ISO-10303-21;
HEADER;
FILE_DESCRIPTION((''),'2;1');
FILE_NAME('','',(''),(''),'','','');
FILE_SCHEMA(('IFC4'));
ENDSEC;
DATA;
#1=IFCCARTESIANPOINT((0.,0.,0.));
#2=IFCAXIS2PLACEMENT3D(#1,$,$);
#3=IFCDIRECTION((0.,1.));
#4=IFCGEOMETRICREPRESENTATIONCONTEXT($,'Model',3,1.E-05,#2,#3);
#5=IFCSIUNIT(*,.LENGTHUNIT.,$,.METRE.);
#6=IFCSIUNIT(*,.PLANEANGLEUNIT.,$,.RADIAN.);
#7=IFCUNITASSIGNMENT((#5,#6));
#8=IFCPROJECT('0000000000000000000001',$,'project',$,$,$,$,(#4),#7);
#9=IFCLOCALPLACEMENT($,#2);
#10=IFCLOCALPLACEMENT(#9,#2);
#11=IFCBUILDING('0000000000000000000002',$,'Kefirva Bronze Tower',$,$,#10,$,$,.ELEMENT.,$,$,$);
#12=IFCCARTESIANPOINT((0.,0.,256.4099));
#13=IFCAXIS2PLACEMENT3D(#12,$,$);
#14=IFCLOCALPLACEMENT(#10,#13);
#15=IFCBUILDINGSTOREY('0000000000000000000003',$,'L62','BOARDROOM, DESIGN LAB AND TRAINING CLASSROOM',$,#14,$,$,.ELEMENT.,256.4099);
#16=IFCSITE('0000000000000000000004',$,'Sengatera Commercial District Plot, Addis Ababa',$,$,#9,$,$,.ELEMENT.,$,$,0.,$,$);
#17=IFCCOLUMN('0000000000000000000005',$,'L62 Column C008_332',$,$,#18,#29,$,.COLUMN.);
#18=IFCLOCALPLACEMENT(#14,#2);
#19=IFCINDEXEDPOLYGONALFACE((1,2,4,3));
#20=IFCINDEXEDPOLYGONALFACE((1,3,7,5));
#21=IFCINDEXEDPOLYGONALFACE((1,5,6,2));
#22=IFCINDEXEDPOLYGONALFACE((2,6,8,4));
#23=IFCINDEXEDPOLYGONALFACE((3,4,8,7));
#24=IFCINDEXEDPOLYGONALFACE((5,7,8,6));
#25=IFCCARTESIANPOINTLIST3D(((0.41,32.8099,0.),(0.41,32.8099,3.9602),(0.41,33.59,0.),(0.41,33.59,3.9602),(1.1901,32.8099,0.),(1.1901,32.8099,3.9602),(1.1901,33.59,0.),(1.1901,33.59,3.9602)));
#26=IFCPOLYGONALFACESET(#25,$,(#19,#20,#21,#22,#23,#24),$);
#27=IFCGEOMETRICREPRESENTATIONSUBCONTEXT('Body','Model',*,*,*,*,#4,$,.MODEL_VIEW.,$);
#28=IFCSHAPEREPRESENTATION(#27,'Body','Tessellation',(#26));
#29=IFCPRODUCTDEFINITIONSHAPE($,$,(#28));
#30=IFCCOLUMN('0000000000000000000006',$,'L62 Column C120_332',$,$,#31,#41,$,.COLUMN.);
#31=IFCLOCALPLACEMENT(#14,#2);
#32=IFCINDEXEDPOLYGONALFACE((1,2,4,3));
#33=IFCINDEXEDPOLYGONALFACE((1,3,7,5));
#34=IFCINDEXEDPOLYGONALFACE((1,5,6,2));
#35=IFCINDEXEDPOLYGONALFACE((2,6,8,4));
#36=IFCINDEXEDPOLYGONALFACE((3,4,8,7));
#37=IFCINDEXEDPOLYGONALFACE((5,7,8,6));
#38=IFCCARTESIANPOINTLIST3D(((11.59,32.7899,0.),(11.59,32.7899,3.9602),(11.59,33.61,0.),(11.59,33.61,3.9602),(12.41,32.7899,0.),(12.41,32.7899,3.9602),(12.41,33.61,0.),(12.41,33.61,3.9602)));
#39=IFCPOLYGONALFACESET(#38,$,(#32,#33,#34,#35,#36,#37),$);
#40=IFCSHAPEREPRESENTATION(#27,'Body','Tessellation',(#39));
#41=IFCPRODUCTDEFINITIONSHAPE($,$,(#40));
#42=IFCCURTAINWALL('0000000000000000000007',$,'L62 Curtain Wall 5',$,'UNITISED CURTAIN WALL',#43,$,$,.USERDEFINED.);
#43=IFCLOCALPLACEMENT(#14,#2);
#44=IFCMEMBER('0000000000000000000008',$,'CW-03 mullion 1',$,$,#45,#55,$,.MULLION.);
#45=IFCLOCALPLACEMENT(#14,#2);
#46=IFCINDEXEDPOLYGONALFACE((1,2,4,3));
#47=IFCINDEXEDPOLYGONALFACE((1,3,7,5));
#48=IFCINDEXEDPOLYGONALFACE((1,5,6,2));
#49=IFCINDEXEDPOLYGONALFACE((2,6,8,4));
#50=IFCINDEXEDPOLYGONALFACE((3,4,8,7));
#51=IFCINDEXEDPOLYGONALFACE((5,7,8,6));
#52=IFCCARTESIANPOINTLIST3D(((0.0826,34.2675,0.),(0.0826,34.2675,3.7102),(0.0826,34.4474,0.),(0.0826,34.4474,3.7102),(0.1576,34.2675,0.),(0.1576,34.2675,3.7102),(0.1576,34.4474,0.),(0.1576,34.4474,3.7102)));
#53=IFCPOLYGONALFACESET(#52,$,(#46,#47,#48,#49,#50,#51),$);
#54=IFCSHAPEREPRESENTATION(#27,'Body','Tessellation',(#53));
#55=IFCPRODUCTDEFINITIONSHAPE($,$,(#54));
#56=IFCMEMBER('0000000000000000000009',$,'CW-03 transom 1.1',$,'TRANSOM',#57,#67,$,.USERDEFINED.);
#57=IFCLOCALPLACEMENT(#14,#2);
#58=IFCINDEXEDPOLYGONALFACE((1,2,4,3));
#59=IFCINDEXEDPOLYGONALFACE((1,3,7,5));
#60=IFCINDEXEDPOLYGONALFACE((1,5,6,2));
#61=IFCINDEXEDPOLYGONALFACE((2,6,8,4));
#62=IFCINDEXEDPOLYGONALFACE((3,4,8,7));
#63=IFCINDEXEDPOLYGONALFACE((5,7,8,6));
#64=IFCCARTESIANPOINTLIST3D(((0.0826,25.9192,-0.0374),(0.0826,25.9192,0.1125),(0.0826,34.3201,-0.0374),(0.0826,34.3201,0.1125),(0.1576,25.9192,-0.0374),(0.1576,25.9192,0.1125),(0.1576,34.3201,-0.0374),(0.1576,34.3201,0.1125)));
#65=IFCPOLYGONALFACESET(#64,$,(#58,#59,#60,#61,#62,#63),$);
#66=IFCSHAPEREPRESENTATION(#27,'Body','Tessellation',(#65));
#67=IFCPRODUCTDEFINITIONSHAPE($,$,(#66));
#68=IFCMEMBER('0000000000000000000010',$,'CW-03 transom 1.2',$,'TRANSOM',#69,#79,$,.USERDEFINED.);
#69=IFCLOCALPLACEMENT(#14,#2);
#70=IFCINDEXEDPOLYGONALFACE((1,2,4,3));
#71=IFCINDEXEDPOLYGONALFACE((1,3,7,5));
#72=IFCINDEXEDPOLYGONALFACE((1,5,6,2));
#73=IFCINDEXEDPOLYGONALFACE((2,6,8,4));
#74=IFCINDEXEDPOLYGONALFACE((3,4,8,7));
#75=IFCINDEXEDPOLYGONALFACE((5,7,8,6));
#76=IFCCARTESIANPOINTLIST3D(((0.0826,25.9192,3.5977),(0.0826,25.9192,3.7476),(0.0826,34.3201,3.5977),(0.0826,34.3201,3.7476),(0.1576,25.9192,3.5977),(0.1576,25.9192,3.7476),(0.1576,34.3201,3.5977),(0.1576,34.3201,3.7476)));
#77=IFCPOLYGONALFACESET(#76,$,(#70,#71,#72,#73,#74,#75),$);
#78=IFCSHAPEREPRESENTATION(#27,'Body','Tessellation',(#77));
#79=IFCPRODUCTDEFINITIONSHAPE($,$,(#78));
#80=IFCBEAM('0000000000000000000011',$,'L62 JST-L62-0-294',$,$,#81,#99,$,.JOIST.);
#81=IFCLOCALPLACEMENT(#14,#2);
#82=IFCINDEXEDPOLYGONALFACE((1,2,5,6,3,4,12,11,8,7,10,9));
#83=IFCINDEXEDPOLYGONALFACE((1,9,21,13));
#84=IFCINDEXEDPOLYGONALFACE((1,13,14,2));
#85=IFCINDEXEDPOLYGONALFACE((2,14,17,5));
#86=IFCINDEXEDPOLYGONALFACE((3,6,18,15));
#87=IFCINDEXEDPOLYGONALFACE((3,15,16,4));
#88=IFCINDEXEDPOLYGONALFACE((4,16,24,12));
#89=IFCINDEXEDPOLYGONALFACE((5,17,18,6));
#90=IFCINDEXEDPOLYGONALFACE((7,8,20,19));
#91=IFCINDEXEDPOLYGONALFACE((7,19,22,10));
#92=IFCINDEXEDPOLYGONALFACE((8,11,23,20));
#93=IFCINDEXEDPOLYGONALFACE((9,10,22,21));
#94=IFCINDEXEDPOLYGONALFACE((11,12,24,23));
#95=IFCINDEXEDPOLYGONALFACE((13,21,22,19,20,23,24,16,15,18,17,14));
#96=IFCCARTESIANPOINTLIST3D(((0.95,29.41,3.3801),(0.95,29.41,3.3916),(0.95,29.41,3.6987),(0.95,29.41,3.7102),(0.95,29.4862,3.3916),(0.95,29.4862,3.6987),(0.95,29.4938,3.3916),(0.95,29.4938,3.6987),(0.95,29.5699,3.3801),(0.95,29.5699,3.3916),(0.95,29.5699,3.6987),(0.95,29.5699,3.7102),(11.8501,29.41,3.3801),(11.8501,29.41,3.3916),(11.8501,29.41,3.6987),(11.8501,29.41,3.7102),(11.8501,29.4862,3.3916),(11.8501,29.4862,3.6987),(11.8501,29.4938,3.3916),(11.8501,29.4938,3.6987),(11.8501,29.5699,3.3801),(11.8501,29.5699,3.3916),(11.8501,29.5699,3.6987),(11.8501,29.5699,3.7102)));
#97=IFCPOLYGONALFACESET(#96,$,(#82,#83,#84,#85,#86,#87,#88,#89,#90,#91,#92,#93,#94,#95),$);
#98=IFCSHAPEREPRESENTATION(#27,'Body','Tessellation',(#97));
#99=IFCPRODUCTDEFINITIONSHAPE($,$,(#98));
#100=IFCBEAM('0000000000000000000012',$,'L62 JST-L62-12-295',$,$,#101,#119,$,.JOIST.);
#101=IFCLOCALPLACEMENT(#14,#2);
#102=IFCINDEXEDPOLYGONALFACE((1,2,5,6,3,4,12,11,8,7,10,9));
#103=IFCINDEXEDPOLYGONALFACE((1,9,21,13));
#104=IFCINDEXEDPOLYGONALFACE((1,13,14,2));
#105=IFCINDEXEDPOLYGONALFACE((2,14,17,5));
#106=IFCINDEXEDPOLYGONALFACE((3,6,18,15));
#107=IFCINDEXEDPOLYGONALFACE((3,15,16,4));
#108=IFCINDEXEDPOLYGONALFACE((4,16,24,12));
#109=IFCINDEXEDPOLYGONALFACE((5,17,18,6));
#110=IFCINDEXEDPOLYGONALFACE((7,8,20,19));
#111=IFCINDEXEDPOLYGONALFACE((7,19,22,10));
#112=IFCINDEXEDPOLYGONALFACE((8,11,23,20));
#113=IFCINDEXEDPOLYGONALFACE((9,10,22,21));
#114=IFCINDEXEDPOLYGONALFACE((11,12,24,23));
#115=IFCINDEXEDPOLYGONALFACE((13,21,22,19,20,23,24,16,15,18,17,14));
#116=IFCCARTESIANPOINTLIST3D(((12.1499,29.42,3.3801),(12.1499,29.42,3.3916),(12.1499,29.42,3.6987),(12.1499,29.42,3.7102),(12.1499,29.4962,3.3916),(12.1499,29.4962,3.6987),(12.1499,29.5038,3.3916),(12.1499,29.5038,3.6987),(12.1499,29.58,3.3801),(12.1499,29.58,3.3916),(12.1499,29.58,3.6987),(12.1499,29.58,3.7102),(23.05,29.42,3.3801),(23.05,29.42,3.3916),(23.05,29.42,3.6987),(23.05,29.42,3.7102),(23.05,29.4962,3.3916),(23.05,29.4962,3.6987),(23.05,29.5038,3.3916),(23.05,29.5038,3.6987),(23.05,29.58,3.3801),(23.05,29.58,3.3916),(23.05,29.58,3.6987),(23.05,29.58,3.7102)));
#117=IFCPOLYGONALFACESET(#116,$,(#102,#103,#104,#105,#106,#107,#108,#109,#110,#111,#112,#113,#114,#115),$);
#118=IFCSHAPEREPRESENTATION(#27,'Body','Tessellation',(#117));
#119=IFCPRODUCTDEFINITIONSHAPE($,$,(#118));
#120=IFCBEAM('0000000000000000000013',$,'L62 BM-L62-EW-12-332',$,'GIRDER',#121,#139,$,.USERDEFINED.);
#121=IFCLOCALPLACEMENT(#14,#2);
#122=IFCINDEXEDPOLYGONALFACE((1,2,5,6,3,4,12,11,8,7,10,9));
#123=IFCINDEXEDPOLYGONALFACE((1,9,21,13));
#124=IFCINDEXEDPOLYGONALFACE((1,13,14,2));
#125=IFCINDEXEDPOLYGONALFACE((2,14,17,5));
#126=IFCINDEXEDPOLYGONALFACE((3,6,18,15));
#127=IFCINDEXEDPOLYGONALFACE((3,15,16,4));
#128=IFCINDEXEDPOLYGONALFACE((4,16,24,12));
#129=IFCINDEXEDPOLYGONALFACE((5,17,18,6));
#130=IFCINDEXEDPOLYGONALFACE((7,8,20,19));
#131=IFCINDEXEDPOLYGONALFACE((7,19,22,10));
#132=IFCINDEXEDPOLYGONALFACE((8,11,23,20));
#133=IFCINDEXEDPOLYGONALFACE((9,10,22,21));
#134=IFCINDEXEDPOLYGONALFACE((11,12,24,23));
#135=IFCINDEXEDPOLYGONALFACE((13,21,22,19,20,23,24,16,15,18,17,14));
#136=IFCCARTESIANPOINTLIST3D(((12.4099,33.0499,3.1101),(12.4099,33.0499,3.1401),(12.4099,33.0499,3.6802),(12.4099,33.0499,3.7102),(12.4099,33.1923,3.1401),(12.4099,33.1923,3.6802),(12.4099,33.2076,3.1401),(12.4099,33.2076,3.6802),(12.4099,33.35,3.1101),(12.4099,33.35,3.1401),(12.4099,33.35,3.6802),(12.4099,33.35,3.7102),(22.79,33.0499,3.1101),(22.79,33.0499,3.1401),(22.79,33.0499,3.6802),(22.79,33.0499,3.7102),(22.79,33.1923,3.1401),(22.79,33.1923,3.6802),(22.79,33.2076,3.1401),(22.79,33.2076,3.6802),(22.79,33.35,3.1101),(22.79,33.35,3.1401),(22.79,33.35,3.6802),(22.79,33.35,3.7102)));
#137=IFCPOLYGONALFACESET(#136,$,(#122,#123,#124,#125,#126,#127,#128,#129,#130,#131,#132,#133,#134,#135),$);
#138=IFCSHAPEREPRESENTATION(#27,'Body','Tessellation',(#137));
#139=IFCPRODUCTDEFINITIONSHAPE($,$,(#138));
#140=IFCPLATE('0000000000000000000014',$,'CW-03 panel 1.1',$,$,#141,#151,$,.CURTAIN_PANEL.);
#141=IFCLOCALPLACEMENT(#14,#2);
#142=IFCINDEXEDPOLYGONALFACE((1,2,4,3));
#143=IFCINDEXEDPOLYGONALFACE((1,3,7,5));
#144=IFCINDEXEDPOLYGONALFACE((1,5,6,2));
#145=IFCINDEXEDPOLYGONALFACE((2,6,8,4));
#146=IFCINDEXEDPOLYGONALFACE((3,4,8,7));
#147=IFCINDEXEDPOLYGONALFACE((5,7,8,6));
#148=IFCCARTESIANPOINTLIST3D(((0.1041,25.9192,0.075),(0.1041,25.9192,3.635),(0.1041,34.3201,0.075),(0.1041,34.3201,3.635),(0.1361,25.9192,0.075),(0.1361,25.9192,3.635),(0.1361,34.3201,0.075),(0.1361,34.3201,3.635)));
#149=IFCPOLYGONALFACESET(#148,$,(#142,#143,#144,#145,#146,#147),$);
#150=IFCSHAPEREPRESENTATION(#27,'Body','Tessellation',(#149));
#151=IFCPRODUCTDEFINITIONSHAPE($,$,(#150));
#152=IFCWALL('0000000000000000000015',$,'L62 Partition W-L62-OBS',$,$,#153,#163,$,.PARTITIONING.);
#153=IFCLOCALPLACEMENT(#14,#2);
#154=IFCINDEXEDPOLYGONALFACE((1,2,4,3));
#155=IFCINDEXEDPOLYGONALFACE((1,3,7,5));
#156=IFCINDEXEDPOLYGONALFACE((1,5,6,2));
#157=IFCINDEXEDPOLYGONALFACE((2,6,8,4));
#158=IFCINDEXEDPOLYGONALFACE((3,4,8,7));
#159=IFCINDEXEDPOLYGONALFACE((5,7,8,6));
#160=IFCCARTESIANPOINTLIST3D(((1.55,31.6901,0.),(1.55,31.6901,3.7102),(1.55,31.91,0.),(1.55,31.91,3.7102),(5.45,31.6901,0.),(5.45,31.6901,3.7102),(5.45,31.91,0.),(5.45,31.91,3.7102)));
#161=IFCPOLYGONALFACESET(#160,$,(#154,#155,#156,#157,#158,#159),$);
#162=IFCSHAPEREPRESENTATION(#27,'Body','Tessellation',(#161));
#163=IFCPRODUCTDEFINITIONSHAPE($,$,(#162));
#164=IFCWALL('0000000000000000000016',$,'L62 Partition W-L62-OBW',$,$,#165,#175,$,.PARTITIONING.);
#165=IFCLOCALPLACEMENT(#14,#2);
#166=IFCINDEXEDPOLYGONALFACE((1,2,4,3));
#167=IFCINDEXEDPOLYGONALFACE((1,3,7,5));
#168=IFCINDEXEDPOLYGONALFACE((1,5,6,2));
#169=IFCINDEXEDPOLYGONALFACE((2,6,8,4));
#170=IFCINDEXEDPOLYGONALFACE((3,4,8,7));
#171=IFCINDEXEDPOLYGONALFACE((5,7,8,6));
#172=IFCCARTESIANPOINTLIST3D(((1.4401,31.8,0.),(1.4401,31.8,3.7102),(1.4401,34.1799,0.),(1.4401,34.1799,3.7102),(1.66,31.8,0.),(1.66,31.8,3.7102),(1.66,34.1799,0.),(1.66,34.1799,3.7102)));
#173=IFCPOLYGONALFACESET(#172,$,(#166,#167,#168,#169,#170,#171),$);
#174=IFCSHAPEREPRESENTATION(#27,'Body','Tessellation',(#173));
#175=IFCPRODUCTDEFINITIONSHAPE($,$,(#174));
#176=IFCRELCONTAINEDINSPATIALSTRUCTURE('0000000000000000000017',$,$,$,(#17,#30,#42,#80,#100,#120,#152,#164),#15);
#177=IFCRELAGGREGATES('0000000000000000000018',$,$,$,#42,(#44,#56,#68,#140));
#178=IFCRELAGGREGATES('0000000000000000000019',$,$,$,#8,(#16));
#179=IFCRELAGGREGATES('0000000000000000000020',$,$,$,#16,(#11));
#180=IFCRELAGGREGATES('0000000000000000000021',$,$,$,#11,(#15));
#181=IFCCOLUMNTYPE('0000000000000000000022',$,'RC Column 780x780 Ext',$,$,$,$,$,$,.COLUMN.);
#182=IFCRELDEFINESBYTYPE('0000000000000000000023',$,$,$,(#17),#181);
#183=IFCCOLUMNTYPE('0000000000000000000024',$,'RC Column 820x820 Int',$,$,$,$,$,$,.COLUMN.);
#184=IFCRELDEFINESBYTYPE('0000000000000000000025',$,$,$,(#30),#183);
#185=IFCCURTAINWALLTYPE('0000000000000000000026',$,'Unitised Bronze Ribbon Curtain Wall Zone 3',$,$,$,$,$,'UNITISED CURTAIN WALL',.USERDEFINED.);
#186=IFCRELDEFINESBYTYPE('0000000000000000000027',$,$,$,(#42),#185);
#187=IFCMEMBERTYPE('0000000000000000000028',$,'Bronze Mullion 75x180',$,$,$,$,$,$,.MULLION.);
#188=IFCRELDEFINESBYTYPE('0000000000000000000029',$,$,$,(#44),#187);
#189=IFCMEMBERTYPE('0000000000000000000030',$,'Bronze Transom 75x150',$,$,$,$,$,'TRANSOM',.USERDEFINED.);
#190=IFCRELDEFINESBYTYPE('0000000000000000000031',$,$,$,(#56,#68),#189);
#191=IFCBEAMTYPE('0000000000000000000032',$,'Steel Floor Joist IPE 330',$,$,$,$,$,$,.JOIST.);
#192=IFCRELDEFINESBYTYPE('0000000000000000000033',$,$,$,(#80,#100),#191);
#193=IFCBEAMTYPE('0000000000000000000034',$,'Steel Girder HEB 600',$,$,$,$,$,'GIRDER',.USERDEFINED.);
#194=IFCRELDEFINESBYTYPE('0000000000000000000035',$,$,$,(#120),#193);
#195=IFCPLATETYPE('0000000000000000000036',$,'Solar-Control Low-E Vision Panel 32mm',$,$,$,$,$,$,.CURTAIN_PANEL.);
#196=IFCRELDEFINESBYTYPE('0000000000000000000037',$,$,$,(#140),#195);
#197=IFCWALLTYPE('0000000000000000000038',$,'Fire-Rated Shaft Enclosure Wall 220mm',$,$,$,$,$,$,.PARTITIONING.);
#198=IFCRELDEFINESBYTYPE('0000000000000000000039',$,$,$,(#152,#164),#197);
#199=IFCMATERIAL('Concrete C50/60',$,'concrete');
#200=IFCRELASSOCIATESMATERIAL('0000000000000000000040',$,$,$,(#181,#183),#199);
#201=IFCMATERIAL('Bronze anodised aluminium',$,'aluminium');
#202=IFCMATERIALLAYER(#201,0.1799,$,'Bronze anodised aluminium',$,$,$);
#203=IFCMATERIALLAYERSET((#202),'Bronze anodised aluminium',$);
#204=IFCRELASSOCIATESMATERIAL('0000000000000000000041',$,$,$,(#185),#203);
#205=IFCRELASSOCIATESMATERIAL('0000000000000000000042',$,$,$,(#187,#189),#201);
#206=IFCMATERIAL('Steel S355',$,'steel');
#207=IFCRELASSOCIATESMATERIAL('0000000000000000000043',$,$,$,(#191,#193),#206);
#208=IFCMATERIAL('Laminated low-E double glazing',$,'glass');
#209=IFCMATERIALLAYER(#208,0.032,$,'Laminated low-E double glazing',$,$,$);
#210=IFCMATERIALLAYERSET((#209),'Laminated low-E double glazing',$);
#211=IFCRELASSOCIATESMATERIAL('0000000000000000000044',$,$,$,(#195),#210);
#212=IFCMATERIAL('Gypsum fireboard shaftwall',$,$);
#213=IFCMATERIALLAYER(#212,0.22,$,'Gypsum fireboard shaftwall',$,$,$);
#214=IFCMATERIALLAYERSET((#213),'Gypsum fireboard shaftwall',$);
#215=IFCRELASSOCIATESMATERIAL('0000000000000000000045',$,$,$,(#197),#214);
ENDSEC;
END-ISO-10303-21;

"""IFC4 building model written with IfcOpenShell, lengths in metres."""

from ifc_helpers import new_model, si_unit, direction, frame, frame_2d, origin, origin_2d, place, context, subcontext, project, spatial, rectangle, i_section, extrude, material, layer, layer_set, material_profile, profile_set, type_object, element, aggregate, save


model = new_model("IFC4")

# Units and contexts
model_context = context("Model", 3, precision=1e-05, world=origin(), true_north=direction((0.0, 1.0)))
body_context = subcontext(model_context, "Body", "Model", "MODEL_VIEW")
ifc_project = project(units=[si_unit("LENGTHUNIT", "METRE"), si_unit("PLANEANGLEUNIT", "RADIAN")], contexts=[model_context])

# Site, building, storey
site_placement = place(None, origin())
site = spatial("IfcSite", under=ifc_project, at=site_placement, Name="Sengatera Commercial District Plot, Addis Ababa", CompositionType="ELEMENT", RefElevation=0.0)
building_placement = place(site_placement, origin())
building = spatial("IfcBuilding", under=site, at=building_placement, Name="Kefirva Bronze Tower", CompositionType="ELEMENT")
storey_placement = place(building_placement, frame((0.0, 0.0, 256.4099)))
storey = spatial("IfcBuildingStorey", under=building, at=storey_placement, Name="L62", Description="BOARDROOM, DESIGN LAB AND TRAINING CLASSROOM", CompositionType="ELEMENT", Elevation=256.4099)

# Columns
ifc_material_1 = material(Name="Concrete C50/60", Category="concrete")
ifc_material_profile_1 = material_profile(ifc_material_1, rectangle(XDim=0.78, YDim=0.78, at=origin_2d()), Name="RC 780x780")
ifc_profile_set_1 = profile_set([ifc_material_profile_1], Name="Concrete C50/60")
column_type_1 = type_object("IfcColumnType", Name="RC Column 780x780 Ext", PredefinedType="COLUMN", material=ifc_profile_set_1)
column_1_placement = place(storey_placement, frame((0.8, 33.2, 0.0), z_axis=(0.0, 0.0, 1.0), x_axis=(1.0, 0.0, 0.0)))
element("IfcColumn", 1, at=column_1_placement, inside=storey, type_object=column_type_1, Name="L62 Column C008_332", PredefinedType="COLUMN", context=body_context, shape_type="SweptSolid", body=[
    extrude(rectangle(XDim=0.78, YDim=0.78, at=origin_2d()), origin(), (0.0, 0.0, 1.0), 3.9602),
])
ifc_material_profile_2 = material_profile(ifc_material_1, rectangle(XDim=0.8201, YDim=0.8201, at=origin_2d()), Name="RC 820x820")
ifc_profile_set_2 = profile_set([ifc_material_profile_2], Name="Concrete C50/60")
column_type_2 = type_object("IfcColumnType", Name="RC Column 820x820 Int", PredefinedType="COLUMN", material=ifc_profile_set_2)
column_2_placement = place(storey_placement, frame((12.0, 33.2, 0.0), z_axis=(0.0, 0.0, 1.0), x_axis=(1.0, 0.0, 0.0)))
element("IfcColumn", 2, at=column_2_placement, inside=storey, type_object=column_type_2, Name="L62 Column C120_332", PredefinedType="COLUMN", context=body_context, shape_type="SweptSolid", body=[
    extrude(rectangle(XDim=0.8201, YDim=0.8201, at=origin_2d()), origin(), (0.0, 0.0, 1.0), 3.9602),
])

# Curtain wall, members
ifc_material_2 = material(Name="Bronze anodised aluminium", Category="aluminium")
ifc_layer_1 = layer(ifc_material_2, 0.1799, Name="Bronze anodised aluminium")
ifc_layer_set_1 = layer_set([ifc_layer_1], Name="Bronze anodised aluminium")
curtain_wall_type = type_object("IfcCurtainWallType", Name="Unitised Bronze Ribbon Curtain Wall Zone 3", ElementType="UNITISED CURTAIN WALL", PredefinedType="USERDEFINED", material=ifc_layer_set_1)
curtain_wall_placement = place(storey_placement, origin())
curtain_wall = element("IfcCurtainWall", 3, at=curtain_wall_placement, inside=storey, type_object=curtain_wall_type, Name="L62 Curtain Wall 5", ObjectType="UNITISED CURTAIN WALL", PredefinedType="USERDEFINED")
ifc_material_profile_3 = material_profile(ifc_material_2, rectangle(XDim=0.075, YDim=0.1799, at=origin_2d()), Name="ALU 75x180")
ifc_profile_set_3 = profile_set([ifc_material_profile_3], Name="Bronze anodised aluminium")
member_type_1 = type_object("IfcMemberType", Name="Bronze Mullion 75x180", PredefinedType="MULLION", material=ifc_profile_set_3)
member_1_placement = place(storey_placement, frame((0.1201, 34.3574, 0.0), z_axis=(0.0, 0.0, 1.0), x_axis=(1.0, 0.0, 0.0)))
member_1 = element("IfcMember", 4, at=member_1_placement, type_object=member_type_1, Name="CW-03 mullion 1", PredefinedType="MULLION", context=body_context, shape_type="SweptSolid", body=[
    extrude(rectangle(XDim=0.075, YDim=0.1799, at=origin_2d()), origin(), (0.0, 0.0, 1.0), 3.7102),
])
ifc_material_profile_4 = material_profile(ifc_material_2, rectangle(XDim=0.075, YDim=0.1499, at=origin_2d()), Name="ALU 75x150")
ifc_profile_set_4 = profile_set([ifc_material_profile_4], Name="Bronze anodised aluminium")
member_type_2 = type_object("IfcMemberType", Name="Bronze Transom 75x150", ElementType="TRANSOM", PredefinedType="USERDEFINED", material=ifc_profile_set_4)
member_2_placement = place(storey_placement, frame((0.1201, 34.3201, 0.0376), z_axis=(0.0, -1.0, 0.0), x_axis=(1.0, 0.0, 0.0)))
member_2 = element("IfcMember", 5, at=member_2_placement, type_object=member_type_2, Name="CW-03 transom 1.1", ObjectType="TRANSOM", PredefinedType="USERDEFINED", context=body_context, shape_type="SweptSolid", body=[
    extrude(rectangle(XDim=0.075, YDim=0.1499, at=origin_2d()), origin(), (0.0, 0.0, 1.0), 8.4009),
])
member_3_placement = place(storey_placement, frame((0.1201, 34.3201, 3.6726), z_axis=(0.0, -1.0, 0.0), x_axis=(1.0, 0.0, 0.0)))
member_3 = element("IfcMember", 6, at=member_3_placement, type_object=member_type_2, Name="CW-03 transom 1.2", ObjectType="TRANSOM", PredefinedType="USERDEFINED", context=body_context, shape_type="SweptSolid", body=[
    extrude(rectangle(XDim=0.075, YDim=0.1499, at=origin_2d()), origin(), (0.0, 0.0, 1.0), 8.4009),
])

# Beams
ifc_material_3 = material(Name="Steel S355", Category="steel")
ifc_material_profile_5 = material_profile(ifc_material_3, i_section(OverallWidth=0.1599, OverallDepth=0.3301, WebThickness=0.0076, FlangeThickness=0.0115, at=origin_2d()), Name="IPE 330")
ifc_profile_set_5 = profile_set([ifc_material_profile_5], Name="Steel S355")
beam_type_1 = type_object("IfcBeamType", Name="Steel Floor Joist IPE 330", PredefinedType="JOIST", material=ifc_profile_set_5)
for number, where, z_axis, x_axis, name in (
    (7, (0.95, 29.49, 3.5452), (1.0, 0.0, 0.0), (0.0, 1.0, 0.0), "L62 JST-L62-0-294"),
    (8, (12.1499, 29.5, 3.5452), (1.0, 0.0, 0.0), (0.0, 1.0, 0.0), "L62 JST-L62-12-295"),
):
    element("IfcBeam", number, at=place(storey_placement, frame(where, z_axis=z_axis, x_axis=x_axis)), inside=storey, type_object=beam_type_1, Name=name, PredefinedType="JOIST", context=body_context, shape_type="SweptSolid", body=[
        extrude(i_section(OverallWidth=0.1599, OverallDepth=0.3301, WebThickness=0.0076, FlangeThickness=0.0115, at=origin_2d()), origin(), (0.0, 0.0, 1.0), 10.9001),
    ])
ifc_material_profile_6 = material_profile(ifc_material_3, i_section(OverallWidth=0.3, OverallDepth=0.6001, WebThickness=0.0154, FlangeThickness=0.03, at=origin_2d()), Name="HEB 600")
ifc_profile_set_6 = profile_set([ifc_material_profile_6], Name="Steel S355")
beam_type_2 = type_object("IfcBeamType", Name="Steel Girder HEB 600", ElementType="GIRDER", PredefinedType="USERDEFINED", material=ifc_profile_set_6)
beam_placement = place(storey_placement, frame((12.4099, 33.2, 3.4102), z_axis=(1.0, 0.0, 0.0), x_axis=(0.0, 1.0, 0.0)))
element("IfcBeam", 9, at=beam_placement, inside=storey, type_object=beam_type_2, Name="L62 BM-L62-EW-12-332", ObjectType="GIRDER", PredefinedType="USERDEFINED", context=body_context, shape_type="SweptSolid", body=[
    extrude(i_section(OverallWidth=0.3, OverallDepth=0.6001, WebThickness=0.0154, FlangeThickness=0.03, at=origin_2d()), origin(), (0.0, 0.0, 1.0), 10.3801),
])

# Plate
ifc_material_4 = material(Name="Laminated low-E double glazing", Category="glass")
ifc_layer_2 = layer(ifc_material_4, 0.032, Name="Laminated low-E double glazing")
ifc_layer_set_2 = layer_set([ifc_layer_2], Name="Laminated low-E double glazing")
plate_type = type_object("IfcPlateType", Name="Solar-Control Low-E Vision Panel 32mm", PredefinedType="CURTAIN_PANEL", material=ifc_layer_set_2)
plate_placement = place(storey_placement, frame((0.1201, 30.1196, 0.075), z_axis=(0.0, 0.0, 1.0), x_axis=(0.0, -1.0, 0.0)))
plate = element("IfcPlate", 10, at=plate_placement, type_object=plate_type, Name="CW-03 panel 1.1", PredefinedType="CURTAIN_PANEL", context=body_context, shape_type="SweptSolid", body=[
    extrude(rectangle(XDim=8.4009, YDim=0.032, at=origin_2d()), origin(), (0.0, 0.0, 1.0), 3.5601),
])
aggregate(curtain_wall, [member_1, member_2, member_3, plate])

# Walls
ifc_material_5 = material(Name="Gypsum fireboard shaftwall")
ifc_layer_3 = layer(ifc_material_5, 0.22, Name="Gypsum fireboard shaftwall")
ifc_layer_set_3 = layer_set([ifc_layer_3], Name="Gypsum fireboard shaftwall")
wall_type_1 = type_object("IfcWallType", Name="Fire-Rated Shaft Enclosure Wall 220mm", PredefinedType="PARTITIONING", material=ifc_layer_set_3)
wall_1_placement = place(storey_placement, frame((1.55, 31.8, 0.0), z_axis=(0.0, 0.0, 1.0), x_axis=(1.0, 0.0, 0.0)))
element("IfcWall", 11, at=wall_1_placement, inside=storey, type_object=wall_type_1, Name="L62 Partition W-L62-OBS", PredefinedType="PARTITIONING", context=body_context, shape_type="SweptSolid", body=[
    extrude(rectangle(XDim=3.8999, YDim=0.22, at=frame_2d((1.95, 0.0))), origin(), (0.0, 0.0, 1.0), 3.7102),
])
for number, where, z_axis, x_axis, name in (
    (12, (1.55, 31.8, 0.0), (0.0, 0.0, 1.0), (0.0, 1.0, 0.0), "L62 Partition W-L62-OBW"),
):
    element("IfcWall", number, at=place(storey_placement, frame(where, z_axis=z_axis, x_axis=x_axis)), inside=storey, type_object=wall_type_1, Name=name, PredefinedType="PARTITIONING", context=body_context, shape_type="SweptSolid", body=[
        extrude(rectangle(XDim=2.3799, YDim=0.22, at=frame_2d((1.1899, 0.0))), origin(), (0.0, 0.0, 1.0), 3.7102),
    ])

save(model, "model.ifc")
